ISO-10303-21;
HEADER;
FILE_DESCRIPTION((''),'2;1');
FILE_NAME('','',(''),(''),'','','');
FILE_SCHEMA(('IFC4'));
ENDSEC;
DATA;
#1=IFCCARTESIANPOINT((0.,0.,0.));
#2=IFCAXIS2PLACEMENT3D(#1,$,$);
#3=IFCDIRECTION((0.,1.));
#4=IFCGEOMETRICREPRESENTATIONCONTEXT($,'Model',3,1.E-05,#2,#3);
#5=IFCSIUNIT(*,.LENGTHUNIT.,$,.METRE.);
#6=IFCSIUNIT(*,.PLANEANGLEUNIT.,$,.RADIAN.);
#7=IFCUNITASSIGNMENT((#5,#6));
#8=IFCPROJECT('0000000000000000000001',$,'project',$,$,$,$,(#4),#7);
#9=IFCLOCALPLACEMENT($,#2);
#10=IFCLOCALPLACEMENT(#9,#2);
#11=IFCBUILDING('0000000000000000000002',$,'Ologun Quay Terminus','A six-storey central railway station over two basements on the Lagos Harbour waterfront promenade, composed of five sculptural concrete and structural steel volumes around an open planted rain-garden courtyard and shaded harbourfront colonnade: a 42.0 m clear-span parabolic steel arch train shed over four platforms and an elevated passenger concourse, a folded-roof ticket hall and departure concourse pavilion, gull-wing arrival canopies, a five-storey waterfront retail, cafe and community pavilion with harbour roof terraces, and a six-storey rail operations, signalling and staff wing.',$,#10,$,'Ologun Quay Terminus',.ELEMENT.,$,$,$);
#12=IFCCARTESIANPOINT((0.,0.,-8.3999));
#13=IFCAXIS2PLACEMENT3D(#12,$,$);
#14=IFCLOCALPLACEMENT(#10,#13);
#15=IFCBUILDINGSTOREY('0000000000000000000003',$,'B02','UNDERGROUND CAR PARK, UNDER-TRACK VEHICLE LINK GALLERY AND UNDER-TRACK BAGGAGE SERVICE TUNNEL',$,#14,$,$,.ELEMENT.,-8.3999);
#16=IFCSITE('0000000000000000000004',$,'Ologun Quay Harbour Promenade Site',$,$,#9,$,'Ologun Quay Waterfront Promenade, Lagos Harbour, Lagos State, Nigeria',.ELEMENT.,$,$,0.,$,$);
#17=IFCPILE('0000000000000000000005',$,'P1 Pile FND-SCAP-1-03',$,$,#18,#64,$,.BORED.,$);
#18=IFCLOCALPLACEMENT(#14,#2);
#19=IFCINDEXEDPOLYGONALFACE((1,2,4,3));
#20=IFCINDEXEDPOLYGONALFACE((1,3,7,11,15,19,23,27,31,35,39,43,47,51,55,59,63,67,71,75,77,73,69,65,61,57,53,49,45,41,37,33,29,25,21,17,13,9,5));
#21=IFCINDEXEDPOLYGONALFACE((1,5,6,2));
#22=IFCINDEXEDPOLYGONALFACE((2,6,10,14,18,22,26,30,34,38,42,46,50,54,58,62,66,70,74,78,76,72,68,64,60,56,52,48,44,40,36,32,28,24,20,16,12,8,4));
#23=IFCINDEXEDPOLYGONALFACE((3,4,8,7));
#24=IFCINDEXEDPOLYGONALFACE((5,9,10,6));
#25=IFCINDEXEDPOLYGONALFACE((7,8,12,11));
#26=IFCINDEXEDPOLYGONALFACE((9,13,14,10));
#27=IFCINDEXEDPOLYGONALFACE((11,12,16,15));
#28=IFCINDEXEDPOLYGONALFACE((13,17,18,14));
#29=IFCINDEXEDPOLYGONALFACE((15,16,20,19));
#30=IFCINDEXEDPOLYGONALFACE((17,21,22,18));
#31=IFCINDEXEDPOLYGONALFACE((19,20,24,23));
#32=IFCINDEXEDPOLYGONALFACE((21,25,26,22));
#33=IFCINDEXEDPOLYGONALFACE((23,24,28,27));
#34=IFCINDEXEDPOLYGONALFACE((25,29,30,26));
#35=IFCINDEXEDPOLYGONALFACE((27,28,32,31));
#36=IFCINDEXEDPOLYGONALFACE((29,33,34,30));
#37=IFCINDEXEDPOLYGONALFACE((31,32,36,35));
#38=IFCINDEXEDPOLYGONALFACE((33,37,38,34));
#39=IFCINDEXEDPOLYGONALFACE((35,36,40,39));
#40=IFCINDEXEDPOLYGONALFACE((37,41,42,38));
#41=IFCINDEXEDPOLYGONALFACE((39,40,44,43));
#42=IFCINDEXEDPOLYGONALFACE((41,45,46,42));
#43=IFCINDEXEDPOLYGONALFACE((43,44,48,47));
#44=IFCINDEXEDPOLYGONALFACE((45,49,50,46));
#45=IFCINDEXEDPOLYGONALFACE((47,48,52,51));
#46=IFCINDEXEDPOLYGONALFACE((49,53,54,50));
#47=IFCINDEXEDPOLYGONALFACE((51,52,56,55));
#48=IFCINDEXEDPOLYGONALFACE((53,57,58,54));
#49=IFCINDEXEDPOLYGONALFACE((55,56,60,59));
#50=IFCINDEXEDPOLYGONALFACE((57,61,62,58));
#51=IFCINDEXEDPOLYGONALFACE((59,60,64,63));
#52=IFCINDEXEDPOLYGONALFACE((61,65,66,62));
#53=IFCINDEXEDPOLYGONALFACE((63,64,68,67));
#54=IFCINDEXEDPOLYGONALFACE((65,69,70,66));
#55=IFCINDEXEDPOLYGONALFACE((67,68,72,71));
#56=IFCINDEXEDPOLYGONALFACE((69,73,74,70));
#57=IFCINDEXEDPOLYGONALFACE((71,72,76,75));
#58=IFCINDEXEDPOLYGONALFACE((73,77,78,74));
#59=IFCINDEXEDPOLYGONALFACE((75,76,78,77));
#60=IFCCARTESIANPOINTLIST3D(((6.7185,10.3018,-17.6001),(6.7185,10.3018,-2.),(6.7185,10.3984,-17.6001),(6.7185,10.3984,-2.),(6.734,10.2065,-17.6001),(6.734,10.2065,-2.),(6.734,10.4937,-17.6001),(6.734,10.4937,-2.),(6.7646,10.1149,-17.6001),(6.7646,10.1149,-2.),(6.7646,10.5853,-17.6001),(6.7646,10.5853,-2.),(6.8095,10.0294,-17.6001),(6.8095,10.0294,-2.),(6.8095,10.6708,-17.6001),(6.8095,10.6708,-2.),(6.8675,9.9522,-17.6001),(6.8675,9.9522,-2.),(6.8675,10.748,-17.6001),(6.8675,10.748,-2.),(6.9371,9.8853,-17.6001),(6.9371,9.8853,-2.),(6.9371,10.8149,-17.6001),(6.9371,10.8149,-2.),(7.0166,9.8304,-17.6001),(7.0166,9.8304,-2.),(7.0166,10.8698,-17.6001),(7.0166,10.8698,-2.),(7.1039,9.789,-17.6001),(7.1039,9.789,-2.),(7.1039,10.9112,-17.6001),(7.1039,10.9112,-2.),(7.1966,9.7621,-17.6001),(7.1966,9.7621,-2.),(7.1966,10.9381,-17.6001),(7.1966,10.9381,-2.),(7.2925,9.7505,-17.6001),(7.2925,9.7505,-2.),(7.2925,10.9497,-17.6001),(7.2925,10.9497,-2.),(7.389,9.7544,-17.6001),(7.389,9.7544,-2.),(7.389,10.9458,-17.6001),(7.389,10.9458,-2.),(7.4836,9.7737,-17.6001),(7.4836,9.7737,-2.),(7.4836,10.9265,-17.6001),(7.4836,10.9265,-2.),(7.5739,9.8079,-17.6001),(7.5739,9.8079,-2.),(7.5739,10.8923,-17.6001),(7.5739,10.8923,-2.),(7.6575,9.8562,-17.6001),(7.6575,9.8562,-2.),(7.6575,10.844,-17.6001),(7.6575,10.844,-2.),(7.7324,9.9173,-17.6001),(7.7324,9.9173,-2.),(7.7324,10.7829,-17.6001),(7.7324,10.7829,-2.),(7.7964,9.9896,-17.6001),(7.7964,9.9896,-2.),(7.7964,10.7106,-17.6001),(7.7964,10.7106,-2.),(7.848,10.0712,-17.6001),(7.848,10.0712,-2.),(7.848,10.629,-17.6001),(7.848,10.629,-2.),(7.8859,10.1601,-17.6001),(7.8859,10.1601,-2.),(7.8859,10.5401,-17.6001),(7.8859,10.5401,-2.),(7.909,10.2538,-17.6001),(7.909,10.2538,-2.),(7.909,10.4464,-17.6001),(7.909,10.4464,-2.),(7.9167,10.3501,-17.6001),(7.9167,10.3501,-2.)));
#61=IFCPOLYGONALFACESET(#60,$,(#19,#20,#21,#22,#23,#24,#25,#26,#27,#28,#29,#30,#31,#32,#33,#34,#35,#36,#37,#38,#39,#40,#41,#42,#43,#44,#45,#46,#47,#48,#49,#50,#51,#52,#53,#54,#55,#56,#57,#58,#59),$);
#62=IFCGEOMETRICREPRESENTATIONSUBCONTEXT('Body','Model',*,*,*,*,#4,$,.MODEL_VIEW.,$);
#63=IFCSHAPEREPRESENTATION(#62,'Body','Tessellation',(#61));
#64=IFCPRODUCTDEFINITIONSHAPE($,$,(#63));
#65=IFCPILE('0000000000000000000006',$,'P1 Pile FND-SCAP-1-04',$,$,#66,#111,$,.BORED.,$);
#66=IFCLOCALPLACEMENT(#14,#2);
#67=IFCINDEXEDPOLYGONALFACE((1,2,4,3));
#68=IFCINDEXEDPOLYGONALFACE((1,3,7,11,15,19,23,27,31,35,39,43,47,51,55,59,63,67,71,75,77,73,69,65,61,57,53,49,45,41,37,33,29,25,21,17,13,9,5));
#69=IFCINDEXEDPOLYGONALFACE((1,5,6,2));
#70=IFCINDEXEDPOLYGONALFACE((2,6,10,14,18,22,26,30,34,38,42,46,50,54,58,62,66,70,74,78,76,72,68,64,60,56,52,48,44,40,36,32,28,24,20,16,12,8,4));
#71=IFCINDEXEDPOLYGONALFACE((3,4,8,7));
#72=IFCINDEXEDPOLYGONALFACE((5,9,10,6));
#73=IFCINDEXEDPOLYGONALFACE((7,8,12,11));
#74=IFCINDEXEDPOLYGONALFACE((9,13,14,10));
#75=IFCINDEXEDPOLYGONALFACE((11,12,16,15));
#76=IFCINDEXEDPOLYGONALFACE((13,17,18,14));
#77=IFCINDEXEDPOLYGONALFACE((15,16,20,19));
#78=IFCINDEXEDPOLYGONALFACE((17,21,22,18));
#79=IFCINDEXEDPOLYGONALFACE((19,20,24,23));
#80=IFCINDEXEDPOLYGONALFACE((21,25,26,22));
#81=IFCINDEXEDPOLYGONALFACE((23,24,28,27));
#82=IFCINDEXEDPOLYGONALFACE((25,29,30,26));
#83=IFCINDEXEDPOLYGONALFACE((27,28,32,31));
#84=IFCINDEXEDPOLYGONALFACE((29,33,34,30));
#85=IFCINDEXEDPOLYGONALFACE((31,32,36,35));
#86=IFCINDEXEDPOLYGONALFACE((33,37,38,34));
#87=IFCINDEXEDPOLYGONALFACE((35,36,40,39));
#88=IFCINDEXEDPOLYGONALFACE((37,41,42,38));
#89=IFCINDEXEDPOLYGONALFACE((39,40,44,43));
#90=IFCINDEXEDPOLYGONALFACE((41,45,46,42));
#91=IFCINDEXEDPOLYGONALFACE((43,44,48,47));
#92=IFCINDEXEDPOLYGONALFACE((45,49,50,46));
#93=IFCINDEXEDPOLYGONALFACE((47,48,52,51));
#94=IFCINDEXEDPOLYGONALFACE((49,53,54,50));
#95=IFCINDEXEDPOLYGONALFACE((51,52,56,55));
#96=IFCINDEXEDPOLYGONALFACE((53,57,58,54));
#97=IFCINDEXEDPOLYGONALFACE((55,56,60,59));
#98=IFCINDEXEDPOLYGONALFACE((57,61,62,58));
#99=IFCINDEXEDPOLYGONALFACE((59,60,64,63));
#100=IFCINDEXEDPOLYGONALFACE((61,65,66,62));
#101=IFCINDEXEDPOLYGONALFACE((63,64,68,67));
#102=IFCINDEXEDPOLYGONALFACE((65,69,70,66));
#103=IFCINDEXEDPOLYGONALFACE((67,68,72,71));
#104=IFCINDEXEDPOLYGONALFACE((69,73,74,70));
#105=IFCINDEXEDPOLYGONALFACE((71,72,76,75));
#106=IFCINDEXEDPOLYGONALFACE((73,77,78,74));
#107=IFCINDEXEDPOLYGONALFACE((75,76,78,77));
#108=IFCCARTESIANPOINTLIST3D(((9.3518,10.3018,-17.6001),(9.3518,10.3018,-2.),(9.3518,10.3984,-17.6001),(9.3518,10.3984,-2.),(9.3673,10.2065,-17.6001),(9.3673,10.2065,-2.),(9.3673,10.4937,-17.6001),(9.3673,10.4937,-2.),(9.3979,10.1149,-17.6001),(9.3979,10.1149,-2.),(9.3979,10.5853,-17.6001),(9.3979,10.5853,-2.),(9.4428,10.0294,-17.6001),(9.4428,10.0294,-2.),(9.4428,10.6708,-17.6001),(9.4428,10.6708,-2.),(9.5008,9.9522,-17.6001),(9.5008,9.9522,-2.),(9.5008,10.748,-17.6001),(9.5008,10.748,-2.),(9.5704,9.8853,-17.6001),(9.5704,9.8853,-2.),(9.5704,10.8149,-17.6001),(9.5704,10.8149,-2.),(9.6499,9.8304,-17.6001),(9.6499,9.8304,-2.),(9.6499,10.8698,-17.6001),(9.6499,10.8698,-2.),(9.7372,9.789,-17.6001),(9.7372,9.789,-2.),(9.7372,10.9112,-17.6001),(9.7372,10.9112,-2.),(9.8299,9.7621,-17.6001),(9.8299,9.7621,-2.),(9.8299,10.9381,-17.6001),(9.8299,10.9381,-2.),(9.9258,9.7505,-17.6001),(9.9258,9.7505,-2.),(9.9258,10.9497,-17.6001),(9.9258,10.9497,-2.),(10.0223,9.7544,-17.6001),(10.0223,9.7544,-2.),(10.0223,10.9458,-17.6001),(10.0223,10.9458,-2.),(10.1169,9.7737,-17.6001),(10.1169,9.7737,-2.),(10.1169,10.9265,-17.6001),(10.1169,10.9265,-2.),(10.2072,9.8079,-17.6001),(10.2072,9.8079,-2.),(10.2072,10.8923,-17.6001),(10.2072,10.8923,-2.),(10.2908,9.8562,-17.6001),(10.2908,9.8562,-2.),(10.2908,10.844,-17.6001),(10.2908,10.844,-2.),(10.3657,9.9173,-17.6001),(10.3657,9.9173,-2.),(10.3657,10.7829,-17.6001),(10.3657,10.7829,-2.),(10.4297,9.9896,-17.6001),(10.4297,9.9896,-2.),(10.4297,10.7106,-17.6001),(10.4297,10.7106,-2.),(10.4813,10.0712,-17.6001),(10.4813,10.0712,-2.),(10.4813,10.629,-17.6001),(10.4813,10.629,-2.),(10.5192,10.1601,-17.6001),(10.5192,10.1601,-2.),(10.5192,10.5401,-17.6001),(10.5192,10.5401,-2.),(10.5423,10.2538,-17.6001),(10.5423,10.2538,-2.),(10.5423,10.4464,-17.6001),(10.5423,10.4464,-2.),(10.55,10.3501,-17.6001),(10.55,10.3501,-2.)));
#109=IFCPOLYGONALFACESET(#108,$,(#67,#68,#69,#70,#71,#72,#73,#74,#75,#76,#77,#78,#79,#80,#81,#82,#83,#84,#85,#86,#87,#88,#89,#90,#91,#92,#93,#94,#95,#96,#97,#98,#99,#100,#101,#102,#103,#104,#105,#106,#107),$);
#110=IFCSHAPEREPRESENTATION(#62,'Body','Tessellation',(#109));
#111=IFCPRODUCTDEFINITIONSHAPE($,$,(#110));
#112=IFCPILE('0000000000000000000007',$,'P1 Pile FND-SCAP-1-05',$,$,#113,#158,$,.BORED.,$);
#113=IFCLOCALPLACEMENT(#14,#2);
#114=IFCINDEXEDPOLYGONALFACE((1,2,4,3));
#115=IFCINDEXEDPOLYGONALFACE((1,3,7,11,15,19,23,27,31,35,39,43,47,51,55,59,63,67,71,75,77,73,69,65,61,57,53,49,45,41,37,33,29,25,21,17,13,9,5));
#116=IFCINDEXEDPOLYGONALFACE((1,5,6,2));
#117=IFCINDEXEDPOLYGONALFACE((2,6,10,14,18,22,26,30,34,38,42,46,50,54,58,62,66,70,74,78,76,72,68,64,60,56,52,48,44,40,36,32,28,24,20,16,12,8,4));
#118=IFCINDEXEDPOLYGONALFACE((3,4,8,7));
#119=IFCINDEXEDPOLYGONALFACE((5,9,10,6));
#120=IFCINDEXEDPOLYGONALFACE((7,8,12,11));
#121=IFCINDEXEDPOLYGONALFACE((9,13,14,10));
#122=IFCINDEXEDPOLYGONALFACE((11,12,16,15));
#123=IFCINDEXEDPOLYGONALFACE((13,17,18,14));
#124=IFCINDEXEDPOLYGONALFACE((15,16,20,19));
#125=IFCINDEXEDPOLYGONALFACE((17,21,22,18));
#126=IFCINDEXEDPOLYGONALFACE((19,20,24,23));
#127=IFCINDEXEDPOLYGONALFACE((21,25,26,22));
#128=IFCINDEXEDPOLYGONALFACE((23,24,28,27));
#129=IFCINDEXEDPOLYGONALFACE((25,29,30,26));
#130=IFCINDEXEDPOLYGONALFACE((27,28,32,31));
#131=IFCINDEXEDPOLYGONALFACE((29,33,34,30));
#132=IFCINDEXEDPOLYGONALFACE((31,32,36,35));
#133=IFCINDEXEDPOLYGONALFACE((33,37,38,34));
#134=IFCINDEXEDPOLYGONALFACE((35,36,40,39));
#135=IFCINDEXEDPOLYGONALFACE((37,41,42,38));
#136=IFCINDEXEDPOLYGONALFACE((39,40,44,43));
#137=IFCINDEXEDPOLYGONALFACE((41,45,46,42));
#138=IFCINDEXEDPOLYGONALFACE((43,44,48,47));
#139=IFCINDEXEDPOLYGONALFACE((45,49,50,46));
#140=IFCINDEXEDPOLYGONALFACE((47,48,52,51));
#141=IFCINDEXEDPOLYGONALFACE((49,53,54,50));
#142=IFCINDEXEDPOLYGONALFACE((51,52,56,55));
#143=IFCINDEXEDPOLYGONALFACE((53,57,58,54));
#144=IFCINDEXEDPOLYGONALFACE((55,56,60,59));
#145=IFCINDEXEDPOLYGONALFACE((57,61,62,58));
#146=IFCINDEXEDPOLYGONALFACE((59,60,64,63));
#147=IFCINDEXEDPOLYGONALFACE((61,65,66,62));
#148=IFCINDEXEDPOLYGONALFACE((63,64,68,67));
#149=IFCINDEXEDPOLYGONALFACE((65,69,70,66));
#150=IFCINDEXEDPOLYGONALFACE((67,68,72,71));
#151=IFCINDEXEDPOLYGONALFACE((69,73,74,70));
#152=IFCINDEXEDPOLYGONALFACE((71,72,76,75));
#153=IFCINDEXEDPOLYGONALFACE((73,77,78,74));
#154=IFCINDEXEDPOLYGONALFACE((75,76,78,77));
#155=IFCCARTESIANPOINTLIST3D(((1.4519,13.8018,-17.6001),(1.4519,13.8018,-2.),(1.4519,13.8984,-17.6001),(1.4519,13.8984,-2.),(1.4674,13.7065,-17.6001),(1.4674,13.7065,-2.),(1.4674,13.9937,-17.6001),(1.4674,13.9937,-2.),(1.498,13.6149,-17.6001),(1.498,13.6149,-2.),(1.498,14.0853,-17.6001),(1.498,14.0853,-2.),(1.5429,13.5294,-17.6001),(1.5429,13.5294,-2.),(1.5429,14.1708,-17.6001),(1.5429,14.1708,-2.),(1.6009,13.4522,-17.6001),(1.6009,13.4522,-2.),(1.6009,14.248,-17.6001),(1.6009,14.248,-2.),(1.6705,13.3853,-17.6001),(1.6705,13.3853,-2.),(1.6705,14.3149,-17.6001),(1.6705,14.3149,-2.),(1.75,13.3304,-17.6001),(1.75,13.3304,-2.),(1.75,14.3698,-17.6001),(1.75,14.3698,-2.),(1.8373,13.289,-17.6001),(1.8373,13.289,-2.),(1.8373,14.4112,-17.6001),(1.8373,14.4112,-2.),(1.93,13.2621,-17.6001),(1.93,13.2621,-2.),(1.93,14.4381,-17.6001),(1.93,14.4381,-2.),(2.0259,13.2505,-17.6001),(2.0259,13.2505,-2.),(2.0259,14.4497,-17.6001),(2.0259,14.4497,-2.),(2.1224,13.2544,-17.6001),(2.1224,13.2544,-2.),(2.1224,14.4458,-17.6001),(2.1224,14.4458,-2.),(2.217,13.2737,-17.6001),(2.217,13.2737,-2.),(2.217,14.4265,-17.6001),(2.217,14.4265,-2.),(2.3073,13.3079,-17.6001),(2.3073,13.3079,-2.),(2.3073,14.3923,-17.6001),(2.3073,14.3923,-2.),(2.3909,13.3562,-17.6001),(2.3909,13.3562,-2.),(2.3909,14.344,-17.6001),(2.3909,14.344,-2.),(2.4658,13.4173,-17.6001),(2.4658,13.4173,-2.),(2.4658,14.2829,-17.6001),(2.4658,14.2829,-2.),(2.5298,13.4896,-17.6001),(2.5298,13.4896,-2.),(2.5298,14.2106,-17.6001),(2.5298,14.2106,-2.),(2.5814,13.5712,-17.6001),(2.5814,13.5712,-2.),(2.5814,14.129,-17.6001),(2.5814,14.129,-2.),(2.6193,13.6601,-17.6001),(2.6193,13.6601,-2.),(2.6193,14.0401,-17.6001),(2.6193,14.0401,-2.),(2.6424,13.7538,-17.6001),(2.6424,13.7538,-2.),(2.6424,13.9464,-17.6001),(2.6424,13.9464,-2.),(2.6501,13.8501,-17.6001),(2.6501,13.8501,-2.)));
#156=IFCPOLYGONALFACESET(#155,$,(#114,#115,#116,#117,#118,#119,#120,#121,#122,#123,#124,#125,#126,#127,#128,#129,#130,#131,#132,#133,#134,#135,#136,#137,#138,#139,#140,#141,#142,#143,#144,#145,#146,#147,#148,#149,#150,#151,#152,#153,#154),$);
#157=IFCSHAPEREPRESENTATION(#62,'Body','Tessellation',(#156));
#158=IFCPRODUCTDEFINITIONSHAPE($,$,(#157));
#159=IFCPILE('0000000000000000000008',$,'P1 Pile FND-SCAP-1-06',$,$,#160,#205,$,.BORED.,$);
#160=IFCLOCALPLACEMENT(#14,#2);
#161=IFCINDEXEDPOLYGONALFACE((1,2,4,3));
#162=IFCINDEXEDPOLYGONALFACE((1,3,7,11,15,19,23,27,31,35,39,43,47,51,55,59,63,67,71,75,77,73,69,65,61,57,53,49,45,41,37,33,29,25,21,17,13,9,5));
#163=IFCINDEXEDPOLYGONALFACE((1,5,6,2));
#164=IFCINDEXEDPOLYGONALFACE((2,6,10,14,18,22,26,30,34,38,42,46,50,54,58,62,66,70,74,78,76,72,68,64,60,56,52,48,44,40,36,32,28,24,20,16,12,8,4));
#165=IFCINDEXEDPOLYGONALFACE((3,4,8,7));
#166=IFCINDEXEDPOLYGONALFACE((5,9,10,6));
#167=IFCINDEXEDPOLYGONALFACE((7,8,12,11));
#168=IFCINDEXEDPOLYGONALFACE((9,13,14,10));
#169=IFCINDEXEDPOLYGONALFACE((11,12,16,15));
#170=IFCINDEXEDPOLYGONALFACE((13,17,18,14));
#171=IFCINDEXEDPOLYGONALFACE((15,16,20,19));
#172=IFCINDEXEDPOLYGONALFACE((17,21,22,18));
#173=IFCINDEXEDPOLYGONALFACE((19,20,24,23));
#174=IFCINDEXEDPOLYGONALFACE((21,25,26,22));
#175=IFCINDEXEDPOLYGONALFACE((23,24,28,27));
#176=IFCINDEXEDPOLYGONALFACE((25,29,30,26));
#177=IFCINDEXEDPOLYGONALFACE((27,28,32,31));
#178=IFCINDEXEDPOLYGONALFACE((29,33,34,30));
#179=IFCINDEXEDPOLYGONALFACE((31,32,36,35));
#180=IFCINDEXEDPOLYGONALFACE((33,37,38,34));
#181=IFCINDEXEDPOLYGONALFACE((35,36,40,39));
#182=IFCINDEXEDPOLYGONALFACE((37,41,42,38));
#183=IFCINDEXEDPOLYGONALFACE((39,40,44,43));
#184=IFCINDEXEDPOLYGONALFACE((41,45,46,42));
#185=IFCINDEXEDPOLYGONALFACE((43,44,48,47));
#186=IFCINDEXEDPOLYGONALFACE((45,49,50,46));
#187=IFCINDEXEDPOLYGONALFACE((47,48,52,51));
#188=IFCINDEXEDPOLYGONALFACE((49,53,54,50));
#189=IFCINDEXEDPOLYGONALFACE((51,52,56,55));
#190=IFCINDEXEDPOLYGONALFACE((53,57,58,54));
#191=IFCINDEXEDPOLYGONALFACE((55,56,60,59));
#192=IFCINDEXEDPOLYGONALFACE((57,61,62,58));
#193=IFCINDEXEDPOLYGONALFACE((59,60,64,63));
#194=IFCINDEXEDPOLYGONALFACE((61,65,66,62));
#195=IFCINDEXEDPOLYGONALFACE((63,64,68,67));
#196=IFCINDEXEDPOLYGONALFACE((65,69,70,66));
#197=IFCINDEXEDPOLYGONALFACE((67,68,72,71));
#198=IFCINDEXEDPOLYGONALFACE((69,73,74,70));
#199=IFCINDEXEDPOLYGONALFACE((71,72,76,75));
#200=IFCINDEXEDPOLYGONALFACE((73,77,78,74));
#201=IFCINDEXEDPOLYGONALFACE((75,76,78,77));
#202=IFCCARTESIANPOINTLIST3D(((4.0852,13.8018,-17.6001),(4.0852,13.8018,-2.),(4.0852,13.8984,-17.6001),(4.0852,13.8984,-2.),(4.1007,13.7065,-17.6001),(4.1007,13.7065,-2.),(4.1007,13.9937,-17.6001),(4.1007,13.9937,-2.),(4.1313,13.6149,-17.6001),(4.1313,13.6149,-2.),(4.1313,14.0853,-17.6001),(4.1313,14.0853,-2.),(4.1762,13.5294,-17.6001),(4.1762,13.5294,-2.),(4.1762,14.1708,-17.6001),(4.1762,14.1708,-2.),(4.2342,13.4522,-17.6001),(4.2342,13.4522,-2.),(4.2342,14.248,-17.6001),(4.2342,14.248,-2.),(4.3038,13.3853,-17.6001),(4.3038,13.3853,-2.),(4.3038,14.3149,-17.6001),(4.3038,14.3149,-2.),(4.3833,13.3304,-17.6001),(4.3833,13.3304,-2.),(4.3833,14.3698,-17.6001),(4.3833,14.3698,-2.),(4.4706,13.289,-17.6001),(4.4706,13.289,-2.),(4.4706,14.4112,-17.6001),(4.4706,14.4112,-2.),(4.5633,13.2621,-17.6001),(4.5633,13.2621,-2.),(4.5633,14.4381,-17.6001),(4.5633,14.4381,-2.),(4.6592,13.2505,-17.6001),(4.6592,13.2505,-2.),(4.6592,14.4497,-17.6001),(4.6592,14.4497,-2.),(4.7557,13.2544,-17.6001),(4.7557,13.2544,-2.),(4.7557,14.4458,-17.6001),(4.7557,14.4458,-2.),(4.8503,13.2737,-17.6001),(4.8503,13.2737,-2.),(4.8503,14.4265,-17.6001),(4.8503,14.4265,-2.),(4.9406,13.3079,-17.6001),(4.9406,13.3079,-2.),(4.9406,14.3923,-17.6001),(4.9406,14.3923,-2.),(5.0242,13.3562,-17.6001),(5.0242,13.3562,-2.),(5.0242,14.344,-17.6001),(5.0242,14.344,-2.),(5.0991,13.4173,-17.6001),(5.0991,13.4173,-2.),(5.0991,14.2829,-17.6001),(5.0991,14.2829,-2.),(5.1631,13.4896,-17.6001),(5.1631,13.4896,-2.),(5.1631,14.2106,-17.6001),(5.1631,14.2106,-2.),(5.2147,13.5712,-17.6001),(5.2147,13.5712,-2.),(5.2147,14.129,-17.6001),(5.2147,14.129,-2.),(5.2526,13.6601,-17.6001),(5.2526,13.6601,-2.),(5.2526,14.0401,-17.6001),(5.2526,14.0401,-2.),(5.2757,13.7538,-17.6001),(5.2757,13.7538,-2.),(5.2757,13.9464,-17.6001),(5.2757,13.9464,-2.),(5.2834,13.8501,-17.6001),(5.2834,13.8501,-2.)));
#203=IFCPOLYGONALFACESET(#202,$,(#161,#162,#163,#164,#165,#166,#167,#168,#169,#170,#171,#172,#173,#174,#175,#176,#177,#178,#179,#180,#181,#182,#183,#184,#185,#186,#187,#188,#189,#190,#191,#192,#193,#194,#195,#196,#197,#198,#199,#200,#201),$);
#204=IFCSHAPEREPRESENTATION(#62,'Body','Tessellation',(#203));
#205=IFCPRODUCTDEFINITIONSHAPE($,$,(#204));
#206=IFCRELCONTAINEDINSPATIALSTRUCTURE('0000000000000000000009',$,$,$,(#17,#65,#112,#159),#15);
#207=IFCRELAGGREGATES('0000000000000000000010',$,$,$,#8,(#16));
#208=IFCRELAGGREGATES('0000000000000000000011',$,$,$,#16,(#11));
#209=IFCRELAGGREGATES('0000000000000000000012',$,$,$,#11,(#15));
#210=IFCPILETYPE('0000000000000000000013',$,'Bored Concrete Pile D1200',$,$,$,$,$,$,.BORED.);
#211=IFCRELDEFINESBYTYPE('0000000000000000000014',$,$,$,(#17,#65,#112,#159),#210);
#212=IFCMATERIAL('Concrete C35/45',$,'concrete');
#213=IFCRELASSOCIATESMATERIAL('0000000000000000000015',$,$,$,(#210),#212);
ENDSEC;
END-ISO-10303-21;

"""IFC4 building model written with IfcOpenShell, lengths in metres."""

from ifc_helpers import new_model, si_unit, direction, frame, origin, origin_2d, place, context, subcontext, project, spatial, circle, extrude, material, material_profile, profile_set, type_object, element, save


model = new_model("IFC4")

# Units and contexts
model_context = context("Model", 3, precision=1e-05, world=origin(), true_north=direction((0.0, 1.0)))
body_context = subcontext(model_context, "Body", "Model", "MODEL_VIEW")
ifc_project = project(units=[si_unit("LENGTHUNIT", "METRE"), si_unit("PLANEANGLEUNIT", "RADIAN")], contexts=[model_context])

# Site, building, storey
site_placement = place(None, origin())
site = spatial("IfcSite", under=ifc_project, at=site_placement, Name="Ologun Quay Harbour Promenade Site", LongName="Ologun Quay Waterfront Promenade, Lagos Harbour, Lagos State, Nigeria", CompositionType="ELEMENT", RefElevation=0.0)
building_placement = place(site_placement, origin())
building = spatial("IfcBuilding", under=site, at=building_placement, Name="Ologun Quay Terminus", Description="A six-storey central railway station over two basements on the Lagos Harbour waterfront promenade, composed of five sculptural concrete and structural steel volumes around an open planted rain-garden courtyard and shaded harbourfront colonnade: a 42.0 m clear-span parabolic steel arch train shed over four platforms and an elevated passenger concourse, a folded-roof ticket hall and departure concourse pavilion, gull-wing arrival canopies, a five-storey waterfront retail, cafe and community pavilion with harbour roof terraces, and a six-storey rail operations, signalling and staff wing.", LongName="Ologun Quay Terminus", CompositionType="ELEMENT")
storey_placement = place(building_placement, frame((0.0, 0.0, -8.3999)))
storey = spatial("IfcBuildingStorey", under=building, at=storey_placement, Name="B02", Description="UNDERGROUND CAR PARK, UNDER-TRACK VEHICLE LINK GALLERY AND UNDER-TRACK BAGGAGE SERVICE TUNNEL", CompositionType="ELEMENT", Elevation=-8.3999)

# Piles
ifc_material_1 = material(Name="Concrete C35/45", Category="concrete")
ifc_material_profile_1 = material_profile(ifc_material_1, circle(Radius=0.6001, at=origin_2d()), Name="PILE D1200")
ifc_profile_set_1 = profile_set([ifc_material_profile_1], Name="Concrete C35/45")
pile_type_1 = type_object("IfcPileType", Name="Bored Concrete Pile D1200", PredefinedType="BORED", material=ifc_profile_set_1)
for number, where, z_axis, x_axis, name in (
    (1, (7.3167, 10.3501, -2.0), (0.0, 0.0, -1.0), (1.0, 0.0, 0.0), "P1 Pile FND-SCAP-1-03"),
    (2, (9.95, 10.3501, -2.0), (0.0, 0.0, -1.0), (1.0, 0.0, 0.0), "P1 Pile FND-SCAP-1-04"),
    (3, (2.05, 13.8501, -2.0), (0.0, 0.0, -1.0), (1.0, 0.0, 0.0), "P1 Pile FND-SCAP-1-05"),
    (4, (4.6833, 13.8501, -2.0), (0.0, 0.0, -1.0), (1.0, 0.0, 0.0), "P1 Pile FND-SCAP-1-06"),
):
    element("IfcPile", number, at=place(storey_placement, frame(where, z_axis=z_axis, x_axis=x_axis)), inside=storey, type_object=pile_type_1, Name=name, PredefinedType="BORED", context=body_context, shape_type="SweptSolid", body=[
        extrude(circle(Radius=0.6001, at=origin_2d()), origin(), (0.0, 0.0, 1.0), 15.6001),
    ])

save(model, "model.ifc")
